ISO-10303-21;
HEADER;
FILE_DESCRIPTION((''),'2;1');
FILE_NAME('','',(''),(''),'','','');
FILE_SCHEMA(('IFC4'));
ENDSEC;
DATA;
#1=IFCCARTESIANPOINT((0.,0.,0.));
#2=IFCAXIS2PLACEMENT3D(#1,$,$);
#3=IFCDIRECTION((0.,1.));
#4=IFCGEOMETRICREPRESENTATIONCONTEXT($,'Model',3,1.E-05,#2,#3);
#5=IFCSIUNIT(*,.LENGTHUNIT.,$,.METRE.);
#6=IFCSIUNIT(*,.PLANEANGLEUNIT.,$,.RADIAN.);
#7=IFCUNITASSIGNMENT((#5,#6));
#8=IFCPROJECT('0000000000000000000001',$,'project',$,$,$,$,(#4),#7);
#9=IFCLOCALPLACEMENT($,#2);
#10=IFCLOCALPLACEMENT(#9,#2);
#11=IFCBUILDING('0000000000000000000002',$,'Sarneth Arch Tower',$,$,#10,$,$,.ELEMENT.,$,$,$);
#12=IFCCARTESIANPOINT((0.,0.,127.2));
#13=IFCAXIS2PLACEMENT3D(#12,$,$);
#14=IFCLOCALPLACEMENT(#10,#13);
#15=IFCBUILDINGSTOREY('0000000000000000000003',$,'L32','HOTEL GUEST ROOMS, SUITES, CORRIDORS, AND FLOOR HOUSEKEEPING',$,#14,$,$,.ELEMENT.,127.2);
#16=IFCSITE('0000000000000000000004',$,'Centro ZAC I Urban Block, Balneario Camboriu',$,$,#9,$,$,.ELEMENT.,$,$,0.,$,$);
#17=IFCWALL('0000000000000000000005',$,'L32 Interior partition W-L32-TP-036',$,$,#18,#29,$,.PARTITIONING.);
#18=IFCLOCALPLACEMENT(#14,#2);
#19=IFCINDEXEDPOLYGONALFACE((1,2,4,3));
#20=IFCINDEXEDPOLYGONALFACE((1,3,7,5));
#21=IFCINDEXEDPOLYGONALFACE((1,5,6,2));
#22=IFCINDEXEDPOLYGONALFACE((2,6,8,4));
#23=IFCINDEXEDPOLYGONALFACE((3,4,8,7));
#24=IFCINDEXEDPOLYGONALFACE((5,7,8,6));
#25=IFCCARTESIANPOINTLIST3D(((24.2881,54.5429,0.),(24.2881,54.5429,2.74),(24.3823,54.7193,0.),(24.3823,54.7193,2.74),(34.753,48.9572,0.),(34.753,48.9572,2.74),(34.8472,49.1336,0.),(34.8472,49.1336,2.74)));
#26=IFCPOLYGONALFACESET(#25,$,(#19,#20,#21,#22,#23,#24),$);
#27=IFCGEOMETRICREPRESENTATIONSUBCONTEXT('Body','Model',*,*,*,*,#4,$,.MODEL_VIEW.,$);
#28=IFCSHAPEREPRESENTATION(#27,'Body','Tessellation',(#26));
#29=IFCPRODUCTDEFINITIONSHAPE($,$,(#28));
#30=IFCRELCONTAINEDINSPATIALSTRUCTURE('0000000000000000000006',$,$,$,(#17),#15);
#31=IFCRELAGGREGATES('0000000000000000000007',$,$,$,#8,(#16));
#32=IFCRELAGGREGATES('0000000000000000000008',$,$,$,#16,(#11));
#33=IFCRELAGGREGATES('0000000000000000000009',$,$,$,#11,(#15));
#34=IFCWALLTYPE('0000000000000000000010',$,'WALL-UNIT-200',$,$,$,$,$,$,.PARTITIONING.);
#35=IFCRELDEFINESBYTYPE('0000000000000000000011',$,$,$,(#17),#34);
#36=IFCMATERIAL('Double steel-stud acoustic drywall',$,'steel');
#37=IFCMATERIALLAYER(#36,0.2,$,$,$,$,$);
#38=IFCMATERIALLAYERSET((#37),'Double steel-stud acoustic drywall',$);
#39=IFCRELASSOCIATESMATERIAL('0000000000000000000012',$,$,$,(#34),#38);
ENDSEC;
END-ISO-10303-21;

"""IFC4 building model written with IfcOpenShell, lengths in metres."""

from ifc_helpers import new_model, si_unit, direction, frame, frame_2d, origin, place, context, subcontext, project, spatial, rectangle, extrude, material, layer, layer_set, type_object, element, save


model = new_model("IFC4")

# Units and contexts
model_context = context("Model", 3, precision=1e-05, world=origin(), true_north=direction((0.0, 1.0)))
body_context = subcontext(model_context, "Body", "Model", "MODEL_VIEW")
ifc_project = project(units=[si_unit("LENGTHUNIT", "METRE"), si_unit("PLANEANGLEUNIT", "RADIAN")], contexts=[model_context])

# Site, building, storey
site_placement = place(None, origin())
site = spatial("IfcSite", under=ifc_project, at=site_placement, Name="Centro ZAC I Urban Block, Balneario Camboriu", CompositionType="ELEMENT", RefElevation=0.0)
building_placement = place(site_placement, origin())
building = spatial("IfcBuilding", under=site, at=building_placement, Name="Sarneth Arch Tower", CompositionType="ELEMENT")
storey_placement = place(building_placement, frame((0.0, 0.0, 127.2)))
storey = spatial("IfcBuildingStorey", under=building, at=storey_placement, Name="L32", Description="HOTEL GUEST ROOMS, SUITES, CORRIDORS, AND FLOOR HOUSEKEEPING", CompositionType="ELEMENT", Elevation=127.2)

# Wall
ifc_material_1 = material(Name="Double steel-stud acoustic drywall", Category="steel")
ifc_layer_1 = layer(ifc_material_1, 0.2)
ifc_layer_set_1 = layer_set([ifc_layer_1], Name="Double steel-stud acoustic drywall")
wall_type_1 = type_object("IfcWallType", Name="WALL-UNIT-200", PredefinedType="PARTITIONING", material=ifc_layer_set_1)
wall_1_placement = place(storey_placement, frame((24.3352, 54.6311, 0.0), z_axis=(0.0, 0.0, 1.0), x_axis=(0.882197, -0.47088, 0.0)))
element("IfcWall", 1, at=wall_1_placement, inside=storey, type_object=wall_type_1, Name="L32 Interior partition W-L32-TP-036", PredefinedType="PARTITIONING", context=body_context, shape_type="SweptSolid", body=[
    extrude(rectangle(XDim=11.8623, YDim=0.2, at=frame_2d((5.9312, 0.0))), origin(), (0.0, 0.0, 1.0), 2.74),
])

save(model, "model.ifc")
